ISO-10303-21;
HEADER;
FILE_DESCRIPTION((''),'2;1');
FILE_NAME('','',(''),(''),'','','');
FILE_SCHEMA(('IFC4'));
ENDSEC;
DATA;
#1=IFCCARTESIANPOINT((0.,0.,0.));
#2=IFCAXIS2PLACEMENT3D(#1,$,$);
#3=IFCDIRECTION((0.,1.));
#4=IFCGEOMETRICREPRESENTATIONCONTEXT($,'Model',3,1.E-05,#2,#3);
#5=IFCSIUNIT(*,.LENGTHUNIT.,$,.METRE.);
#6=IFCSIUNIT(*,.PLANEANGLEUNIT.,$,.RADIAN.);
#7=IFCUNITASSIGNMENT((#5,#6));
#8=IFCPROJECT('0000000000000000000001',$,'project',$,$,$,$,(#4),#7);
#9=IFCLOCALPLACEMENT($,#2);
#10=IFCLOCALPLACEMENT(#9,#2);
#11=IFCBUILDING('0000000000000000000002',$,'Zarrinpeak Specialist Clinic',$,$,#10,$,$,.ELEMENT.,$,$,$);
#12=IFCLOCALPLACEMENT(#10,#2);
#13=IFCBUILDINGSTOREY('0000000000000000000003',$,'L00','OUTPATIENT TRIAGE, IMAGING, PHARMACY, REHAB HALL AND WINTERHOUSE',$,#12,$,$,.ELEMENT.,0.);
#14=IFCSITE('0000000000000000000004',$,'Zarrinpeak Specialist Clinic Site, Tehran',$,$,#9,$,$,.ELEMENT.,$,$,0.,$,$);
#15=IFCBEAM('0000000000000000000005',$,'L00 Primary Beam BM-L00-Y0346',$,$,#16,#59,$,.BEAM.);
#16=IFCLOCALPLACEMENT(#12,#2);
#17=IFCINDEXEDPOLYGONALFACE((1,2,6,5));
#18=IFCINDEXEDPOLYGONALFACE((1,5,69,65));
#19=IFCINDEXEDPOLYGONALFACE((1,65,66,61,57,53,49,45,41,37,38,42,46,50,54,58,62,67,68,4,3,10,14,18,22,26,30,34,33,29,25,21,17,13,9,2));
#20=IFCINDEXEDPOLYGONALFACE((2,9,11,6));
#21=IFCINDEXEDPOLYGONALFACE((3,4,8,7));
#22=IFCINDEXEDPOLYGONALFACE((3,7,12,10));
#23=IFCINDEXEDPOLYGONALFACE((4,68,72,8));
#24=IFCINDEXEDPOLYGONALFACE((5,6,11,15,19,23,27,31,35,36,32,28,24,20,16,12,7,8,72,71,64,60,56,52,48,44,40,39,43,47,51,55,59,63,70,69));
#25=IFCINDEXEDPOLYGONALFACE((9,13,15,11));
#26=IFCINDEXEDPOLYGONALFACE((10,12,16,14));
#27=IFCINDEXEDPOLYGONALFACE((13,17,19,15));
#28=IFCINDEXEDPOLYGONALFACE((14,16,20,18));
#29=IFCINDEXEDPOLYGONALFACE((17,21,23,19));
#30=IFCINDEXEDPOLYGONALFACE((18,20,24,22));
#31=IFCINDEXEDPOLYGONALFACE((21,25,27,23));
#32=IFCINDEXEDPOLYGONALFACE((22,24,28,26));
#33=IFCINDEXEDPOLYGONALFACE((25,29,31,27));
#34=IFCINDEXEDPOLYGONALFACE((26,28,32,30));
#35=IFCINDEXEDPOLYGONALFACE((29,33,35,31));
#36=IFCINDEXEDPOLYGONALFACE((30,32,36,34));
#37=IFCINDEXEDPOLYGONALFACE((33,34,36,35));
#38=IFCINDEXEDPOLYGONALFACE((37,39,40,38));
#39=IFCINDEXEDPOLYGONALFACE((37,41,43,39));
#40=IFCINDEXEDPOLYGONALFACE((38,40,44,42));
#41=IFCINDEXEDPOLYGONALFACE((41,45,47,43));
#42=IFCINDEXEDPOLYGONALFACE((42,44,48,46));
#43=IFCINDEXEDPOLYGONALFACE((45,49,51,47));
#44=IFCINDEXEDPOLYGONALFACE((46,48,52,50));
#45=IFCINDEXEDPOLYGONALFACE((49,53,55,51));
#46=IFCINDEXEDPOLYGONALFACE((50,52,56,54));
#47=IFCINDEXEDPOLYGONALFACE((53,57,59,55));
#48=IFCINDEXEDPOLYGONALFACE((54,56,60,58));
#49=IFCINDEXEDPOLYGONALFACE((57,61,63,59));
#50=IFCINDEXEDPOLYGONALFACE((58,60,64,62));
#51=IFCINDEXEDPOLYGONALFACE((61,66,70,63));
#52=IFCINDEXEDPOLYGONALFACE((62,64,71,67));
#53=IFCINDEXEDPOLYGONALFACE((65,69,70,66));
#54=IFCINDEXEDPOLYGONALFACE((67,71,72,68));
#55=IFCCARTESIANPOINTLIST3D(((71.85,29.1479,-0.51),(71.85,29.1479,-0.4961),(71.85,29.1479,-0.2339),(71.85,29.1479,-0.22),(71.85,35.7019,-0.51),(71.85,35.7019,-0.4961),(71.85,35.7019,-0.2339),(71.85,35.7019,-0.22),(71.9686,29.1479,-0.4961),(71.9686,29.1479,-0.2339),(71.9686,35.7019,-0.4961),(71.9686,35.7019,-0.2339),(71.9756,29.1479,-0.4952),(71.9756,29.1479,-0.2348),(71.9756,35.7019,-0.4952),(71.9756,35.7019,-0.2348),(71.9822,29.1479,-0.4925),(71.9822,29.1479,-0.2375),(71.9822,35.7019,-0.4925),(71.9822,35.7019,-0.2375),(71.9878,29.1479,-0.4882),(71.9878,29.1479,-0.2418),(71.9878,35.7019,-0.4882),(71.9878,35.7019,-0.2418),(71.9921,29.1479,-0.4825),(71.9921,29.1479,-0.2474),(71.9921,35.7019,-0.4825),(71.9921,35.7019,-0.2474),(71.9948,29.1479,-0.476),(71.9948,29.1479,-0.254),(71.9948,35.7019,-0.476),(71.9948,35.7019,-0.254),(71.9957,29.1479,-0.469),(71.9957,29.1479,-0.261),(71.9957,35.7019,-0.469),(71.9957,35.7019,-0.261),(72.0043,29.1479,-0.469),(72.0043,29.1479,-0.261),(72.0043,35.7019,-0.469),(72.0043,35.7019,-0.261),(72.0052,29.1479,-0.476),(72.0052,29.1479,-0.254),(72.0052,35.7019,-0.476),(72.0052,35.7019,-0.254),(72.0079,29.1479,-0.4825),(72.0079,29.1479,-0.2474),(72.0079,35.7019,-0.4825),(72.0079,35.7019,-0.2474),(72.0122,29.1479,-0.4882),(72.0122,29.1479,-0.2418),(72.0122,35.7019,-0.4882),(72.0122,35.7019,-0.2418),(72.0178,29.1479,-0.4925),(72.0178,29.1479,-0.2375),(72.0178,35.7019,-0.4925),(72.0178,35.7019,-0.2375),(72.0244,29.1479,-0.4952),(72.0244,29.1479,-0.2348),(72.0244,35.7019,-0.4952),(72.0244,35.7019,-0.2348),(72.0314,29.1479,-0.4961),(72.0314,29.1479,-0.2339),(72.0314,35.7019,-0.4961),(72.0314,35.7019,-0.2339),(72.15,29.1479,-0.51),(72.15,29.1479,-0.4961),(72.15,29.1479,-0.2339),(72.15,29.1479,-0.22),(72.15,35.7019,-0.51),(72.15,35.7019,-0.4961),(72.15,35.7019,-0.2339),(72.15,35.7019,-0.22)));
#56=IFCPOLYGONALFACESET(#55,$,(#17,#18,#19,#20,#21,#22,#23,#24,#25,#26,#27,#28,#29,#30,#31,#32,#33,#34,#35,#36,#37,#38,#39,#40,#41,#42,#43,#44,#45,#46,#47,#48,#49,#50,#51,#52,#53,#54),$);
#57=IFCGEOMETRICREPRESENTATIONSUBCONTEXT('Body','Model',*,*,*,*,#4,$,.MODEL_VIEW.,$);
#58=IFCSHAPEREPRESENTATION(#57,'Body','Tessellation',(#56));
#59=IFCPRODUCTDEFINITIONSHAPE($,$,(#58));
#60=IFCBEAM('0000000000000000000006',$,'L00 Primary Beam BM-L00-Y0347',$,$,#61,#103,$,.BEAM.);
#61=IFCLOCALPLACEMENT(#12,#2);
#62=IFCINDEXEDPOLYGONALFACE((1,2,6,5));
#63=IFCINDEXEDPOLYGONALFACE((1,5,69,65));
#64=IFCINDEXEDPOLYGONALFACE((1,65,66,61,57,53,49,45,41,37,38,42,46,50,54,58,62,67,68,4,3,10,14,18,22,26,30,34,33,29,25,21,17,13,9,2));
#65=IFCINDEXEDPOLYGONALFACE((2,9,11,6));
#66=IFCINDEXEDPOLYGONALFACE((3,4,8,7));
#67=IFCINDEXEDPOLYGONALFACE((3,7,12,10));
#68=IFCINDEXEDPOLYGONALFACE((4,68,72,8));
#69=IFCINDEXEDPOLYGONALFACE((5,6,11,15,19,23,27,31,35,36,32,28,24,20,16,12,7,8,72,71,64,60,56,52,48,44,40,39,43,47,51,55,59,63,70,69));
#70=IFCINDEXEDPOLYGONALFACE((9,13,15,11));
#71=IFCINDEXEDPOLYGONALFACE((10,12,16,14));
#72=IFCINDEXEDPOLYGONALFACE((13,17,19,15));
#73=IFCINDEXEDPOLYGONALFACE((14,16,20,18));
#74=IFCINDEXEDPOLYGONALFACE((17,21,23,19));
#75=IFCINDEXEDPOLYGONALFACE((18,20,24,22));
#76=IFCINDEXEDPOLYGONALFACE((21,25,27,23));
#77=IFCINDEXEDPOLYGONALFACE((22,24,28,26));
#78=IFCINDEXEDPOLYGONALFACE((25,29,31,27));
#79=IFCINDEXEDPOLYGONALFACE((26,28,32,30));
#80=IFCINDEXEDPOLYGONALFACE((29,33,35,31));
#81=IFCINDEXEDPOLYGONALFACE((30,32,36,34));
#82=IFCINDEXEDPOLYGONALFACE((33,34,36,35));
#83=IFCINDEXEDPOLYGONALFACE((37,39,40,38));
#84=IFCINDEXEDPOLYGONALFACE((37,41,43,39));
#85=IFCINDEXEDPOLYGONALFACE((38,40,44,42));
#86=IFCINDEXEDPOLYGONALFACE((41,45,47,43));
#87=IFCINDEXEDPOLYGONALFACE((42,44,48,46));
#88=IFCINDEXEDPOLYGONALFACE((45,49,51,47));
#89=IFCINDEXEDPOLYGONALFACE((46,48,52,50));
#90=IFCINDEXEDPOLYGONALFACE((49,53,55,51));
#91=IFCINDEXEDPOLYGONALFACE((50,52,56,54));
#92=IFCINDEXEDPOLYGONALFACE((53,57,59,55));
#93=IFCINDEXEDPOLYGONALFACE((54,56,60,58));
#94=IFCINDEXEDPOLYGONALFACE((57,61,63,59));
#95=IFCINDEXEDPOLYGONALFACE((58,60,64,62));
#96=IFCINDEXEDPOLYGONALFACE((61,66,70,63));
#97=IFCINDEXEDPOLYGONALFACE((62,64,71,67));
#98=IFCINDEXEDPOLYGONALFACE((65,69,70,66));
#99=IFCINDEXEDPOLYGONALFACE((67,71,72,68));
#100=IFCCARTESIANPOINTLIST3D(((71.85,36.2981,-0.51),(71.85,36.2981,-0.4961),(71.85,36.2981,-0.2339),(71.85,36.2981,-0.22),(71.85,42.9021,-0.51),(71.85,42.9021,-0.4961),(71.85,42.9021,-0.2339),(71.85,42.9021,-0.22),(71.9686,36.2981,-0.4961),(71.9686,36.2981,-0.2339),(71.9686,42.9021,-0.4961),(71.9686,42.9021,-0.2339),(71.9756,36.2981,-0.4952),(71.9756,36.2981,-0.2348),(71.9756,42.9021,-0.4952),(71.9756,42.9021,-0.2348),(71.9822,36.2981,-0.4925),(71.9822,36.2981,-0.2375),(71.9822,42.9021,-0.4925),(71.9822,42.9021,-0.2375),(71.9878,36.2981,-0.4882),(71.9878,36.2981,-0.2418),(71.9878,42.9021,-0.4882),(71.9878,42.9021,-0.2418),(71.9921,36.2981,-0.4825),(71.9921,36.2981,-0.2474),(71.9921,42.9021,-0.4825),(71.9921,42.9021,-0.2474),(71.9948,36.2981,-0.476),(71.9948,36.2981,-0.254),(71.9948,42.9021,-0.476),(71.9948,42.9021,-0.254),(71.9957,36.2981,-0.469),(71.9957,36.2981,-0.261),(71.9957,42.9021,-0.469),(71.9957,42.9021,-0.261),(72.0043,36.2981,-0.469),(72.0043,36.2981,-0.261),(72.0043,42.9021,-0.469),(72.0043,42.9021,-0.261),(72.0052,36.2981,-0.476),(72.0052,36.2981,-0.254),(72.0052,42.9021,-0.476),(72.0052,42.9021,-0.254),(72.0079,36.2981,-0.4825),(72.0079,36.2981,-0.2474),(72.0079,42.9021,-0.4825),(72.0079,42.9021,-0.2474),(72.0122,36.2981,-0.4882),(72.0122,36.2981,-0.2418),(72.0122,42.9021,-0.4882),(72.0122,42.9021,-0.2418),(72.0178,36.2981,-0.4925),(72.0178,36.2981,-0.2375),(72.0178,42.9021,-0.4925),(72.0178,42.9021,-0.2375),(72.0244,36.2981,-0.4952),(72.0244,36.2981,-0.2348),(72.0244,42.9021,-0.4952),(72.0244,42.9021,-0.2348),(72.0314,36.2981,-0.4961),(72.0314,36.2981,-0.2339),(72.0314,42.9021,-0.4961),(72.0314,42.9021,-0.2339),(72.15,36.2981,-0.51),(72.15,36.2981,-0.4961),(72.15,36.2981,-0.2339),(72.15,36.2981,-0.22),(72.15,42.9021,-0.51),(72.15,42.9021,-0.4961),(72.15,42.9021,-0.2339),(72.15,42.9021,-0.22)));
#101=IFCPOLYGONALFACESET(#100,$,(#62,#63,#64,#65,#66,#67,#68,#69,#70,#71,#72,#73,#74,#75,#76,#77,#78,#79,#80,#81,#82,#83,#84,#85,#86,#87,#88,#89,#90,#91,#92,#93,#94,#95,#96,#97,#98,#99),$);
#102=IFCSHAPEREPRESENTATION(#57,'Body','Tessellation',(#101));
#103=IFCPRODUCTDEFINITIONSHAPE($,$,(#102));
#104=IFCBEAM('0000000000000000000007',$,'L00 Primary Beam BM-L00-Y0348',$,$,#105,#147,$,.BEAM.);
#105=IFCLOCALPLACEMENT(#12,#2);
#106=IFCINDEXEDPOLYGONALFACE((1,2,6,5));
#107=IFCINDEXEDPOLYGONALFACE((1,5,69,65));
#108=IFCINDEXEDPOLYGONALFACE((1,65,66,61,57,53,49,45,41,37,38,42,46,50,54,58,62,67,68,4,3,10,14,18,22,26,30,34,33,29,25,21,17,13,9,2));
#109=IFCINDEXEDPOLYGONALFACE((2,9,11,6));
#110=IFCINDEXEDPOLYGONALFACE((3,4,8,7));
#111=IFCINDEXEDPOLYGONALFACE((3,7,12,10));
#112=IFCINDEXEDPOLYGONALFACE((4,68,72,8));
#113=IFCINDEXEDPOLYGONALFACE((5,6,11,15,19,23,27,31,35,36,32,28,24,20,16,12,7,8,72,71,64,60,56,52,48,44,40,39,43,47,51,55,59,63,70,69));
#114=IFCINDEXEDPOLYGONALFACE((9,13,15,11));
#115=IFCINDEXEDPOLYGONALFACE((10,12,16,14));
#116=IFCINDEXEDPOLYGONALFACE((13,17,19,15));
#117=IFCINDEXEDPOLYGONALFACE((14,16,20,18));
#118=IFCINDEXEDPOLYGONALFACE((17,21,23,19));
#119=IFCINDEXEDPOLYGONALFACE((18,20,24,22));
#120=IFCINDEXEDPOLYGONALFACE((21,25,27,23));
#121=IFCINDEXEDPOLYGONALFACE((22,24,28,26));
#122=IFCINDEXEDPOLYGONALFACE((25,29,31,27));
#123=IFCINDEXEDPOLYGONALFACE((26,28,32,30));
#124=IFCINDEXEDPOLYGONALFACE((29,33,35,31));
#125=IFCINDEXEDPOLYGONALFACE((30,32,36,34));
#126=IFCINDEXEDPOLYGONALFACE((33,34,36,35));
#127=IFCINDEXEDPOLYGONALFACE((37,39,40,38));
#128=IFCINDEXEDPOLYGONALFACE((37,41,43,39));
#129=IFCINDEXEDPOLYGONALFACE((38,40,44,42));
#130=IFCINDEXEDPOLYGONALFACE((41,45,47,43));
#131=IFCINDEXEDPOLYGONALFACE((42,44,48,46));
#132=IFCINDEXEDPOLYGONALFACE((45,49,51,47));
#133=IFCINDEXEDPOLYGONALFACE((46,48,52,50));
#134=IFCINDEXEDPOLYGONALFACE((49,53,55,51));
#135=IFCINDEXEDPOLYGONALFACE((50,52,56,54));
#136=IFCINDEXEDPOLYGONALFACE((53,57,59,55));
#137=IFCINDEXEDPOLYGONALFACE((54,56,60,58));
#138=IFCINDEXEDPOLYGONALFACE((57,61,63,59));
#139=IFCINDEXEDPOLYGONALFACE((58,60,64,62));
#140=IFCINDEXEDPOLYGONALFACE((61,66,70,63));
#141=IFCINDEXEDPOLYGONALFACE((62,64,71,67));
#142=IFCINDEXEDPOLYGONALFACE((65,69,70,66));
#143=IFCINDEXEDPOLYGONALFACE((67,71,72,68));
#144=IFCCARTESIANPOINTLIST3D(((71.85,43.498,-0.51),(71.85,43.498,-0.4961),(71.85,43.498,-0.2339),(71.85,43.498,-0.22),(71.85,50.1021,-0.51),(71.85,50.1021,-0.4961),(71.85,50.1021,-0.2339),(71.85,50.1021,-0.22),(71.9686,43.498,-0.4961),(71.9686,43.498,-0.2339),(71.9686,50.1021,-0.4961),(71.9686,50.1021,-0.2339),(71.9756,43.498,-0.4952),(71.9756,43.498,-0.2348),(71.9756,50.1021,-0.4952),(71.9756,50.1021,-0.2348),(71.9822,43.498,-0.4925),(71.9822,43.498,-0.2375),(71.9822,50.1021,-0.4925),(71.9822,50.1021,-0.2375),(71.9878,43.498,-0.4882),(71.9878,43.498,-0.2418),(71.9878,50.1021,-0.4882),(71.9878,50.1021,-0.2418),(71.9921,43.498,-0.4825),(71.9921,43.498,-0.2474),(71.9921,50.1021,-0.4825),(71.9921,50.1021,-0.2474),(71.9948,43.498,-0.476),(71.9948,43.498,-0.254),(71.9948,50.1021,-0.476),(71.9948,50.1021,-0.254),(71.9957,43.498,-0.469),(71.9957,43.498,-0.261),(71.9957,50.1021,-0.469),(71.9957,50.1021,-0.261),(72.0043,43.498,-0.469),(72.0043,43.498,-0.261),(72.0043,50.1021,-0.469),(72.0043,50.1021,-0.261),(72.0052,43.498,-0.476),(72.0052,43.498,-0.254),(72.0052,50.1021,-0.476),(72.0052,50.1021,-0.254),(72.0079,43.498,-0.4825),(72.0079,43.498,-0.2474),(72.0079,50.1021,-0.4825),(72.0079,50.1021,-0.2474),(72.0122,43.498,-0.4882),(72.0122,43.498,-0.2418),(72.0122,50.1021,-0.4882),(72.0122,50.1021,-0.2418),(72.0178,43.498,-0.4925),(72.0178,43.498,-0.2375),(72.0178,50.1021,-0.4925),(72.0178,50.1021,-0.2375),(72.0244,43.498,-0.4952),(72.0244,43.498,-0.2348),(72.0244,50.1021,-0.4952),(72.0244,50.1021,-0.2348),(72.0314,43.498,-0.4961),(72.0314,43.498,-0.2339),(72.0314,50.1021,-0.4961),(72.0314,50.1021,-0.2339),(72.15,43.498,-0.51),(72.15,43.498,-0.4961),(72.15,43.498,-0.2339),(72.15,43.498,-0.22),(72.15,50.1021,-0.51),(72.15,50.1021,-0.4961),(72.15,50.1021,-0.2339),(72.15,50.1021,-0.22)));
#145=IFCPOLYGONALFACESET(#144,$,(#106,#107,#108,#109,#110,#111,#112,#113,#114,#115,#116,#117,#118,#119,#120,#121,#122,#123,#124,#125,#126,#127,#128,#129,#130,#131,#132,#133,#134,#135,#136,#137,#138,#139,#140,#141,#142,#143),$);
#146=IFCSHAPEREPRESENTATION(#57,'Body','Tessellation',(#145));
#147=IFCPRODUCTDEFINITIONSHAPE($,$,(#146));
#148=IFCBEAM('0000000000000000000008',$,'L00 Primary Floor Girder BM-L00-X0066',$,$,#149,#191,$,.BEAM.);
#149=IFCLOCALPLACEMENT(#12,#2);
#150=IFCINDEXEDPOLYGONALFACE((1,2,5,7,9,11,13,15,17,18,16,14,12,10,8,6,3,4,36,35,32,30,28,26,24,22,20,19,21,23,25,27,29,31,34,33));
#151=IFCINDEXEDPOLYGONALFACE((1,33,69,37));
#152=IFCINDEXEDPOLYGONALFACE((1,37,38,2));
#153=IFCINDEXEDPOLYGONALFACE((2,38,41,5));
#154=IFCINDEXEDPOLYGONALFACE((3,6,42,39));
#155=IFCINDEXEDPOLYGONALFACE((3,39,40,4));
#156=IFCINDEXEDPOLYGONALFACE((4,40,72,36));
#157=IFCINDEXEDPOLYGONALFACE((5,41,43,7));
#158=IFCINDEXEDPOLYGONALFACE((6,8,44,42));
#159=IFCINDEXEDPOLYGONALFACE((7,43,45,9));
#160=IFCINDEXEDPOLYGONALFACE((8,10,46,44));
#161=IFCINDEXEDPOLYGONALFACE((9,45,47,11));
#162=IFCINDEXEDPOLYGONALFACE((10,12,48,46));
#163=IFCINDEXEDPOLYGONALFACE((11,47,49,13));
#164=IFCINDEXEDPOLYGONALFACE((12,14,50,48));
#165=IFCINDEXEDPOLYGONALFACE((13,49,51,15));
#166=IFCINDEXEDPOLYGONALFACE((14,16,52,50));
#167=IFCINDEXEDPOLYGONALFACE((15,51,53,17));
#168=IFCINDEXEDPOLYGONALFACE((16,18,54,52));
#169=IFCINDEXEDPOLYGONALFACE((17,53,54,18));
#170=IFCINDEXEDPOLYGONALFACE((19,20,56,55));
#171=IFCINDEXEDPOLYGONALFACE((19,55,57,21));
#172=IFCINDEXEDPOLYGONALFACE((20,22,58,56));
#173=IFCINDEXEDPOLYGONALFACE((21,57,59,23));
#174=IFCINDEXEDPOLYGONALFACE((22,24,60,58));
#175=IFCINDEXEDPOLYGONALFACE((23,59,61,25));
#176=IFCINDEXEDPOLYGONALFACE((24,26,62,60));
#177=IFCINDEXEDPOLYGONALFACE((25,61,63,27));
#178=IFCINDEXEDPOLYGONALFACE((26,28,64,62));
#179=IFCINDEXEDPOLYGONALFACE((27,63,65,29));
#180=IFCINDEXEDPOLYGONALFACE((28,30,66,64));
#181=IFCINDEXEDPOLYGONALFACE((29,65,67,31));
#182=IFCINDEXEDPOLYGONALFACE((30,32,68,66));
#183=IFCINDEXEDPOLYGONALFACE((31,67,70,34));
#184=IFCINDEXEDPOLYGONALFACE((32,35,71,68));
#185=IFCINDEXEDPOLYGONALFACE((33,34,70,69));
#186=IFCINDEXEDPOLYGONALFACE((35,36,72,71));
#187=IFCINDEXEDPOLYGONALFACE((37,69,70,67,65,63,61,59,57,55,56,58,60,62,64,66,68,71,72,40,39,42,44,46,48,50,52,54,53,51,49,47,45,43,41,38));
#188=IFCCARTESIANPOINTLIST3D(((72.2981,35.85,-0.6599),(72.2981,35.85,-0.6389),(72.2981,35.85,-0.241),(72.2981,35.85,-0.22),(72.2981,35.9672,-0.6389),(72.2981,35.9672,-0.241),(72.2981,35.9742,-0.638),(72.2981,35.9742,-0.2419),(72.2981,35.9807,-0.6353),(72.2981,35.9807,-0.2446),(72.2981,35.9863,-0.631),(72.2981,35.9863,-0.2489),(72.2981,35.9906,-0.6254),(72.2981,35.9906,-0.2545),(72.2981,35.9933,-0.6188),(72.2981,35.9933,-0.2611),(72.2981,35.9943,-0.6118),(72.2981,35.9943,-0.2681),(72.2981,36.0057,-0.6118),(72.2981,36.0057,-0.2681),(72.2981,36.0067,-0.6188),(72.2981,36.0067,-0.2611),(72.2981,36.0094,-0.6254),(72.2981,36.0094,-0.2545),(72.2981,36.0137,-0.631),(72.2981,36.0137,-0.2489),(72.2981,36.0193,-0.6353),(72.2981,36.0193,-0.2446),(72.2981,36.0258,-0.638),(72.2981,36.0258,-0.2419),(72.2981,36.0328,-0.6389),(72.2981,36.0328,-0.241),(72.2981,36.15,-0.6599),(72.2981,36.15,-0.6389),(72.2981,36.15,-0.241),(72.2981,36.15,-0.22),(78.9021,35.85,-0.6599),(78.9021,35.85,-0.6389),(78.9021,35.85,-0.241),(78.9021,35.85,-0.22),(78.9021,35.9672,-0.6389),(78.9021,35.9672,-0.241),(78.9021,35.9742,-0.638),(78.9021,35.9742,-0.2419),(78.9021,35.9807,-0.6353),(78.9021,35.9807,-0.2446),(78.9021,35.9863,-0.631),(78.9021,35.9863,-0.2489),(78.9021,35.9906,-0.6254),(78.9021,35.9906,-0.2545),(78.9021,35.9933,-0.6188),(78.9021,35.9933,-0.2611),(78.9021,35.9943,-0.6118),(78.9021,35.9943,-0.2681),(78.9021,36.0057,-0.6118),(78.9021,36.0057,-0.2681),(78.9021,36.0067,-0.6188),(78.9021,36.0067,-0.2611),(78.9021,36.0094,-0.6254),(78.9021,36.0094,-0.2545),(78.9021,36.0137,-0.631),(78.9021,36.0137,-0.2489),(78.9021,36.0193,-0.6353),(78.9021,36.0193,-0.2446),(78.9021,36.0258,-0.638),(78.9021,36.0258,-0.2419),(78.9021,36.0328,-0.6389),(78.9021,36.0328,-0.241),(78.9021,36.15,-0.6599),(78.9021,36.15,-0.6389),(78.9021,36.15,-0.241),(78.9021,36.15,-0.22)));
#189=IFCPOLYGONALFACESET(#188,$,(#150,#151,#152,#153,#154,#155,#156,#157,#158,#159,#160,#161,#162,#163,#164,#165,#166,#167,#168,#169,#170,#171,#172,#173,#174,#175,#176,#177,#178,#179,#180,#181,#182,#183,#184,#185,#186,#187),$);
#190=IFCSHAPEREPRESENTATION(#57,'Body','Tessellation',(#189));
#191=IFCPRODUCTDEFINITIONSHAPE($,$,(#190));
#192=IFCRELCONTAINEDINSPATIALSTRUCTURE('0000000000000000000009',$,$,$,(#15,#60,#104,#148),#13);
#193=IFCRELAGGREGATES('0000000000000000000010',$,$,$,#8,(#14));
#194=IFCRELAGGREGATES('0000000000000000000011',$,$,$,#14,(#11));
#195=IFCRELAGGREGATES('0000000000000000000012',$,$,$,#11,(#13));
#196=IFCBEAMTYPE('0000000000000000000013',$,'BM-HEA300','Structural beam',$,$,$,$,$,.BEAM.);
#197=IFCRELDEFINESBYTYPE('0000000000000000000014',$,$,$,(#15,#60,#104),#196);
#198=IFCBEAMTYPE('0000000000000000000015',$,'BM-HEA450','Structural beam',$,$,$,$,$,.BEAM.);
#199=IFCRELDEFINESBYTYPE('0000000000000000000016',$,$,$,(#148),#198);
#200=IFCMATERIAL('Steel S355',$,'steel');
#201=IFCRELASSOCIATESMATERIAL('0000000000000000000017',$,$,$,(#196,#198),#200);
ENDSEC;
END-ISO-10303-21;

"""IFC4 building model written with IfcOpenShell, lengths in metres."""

from ifc_helpers import new_model, si_unit, direction, frame, origin, origin_2d, place, context, subcontext, project, spatial, i_section, extrude, material, material_profile, profile_set, type_object, element, save


model = new_model("IFC4")

# Units and contexts
model_context = context("Model", 3, precision=1e-05, world=origin(), true_north=direction((0.0, 1.0)))
body_context = subcontext(model_context, "Body", "Model", "MODEL_VIEW")
ifc_project = project(units=[si_unit("LENGTHUNIT", "METRE"), si_unit("PLANEANGLEUNIT", "RADIAN")], contexts=[model_context])

# Site, building, storey
site_placement = place(None, origin())
site = spatial("IfcSite", under=ifc_project, at=site_placement, Name="Zarrinpeak Specialist Clinic Site, Tehran", CompositionType="ELEMENT", RefElevation=0.0)
building_placement = place(site_placement, origin())
building = spatial("IfcBuilding", under=site, at=building_placement, Name="Zarrinpeak Specialist Clinic", CompositionType="ELEMENT")
storey_placement = place(building_placement, origin())
storey = spatial("IfcBuildingStorey", under=building, at=storey_placement, Name="L00", Description="OUTPATIENT TRIAGE, IMAGING, PHARMACY, REHAB HALL AND WINTERHOUSE", CompositionType="ELEMENT", Elevation=0.0)

# Beams
ifc_material_1 = material(Name="Steel S355", Category="steel")
ifc_material_profile_1 = material_profile(ifc_material_1, i_section(OverallWidth=0.3, OverallDepth=0.29, WebThickness=0.0085, FlangeThickness=0.0139, FilletRadius=0.0271, at=origin_2d()), Name="HEA 300")
ifc_profile_set_1 = profile_set([ifc_material_profile_1], Name="Steel S355")
beam_type_1 = type_object("IfcBeamType", Name="BM-HEA300", Description="Structural beam", PredefinedType="BEAM", material=ifc_profile_set_1)
beam_placement = place(storey_placement, frame((72.0, 29.1479, -0.365), z_axis=(0.0, 1.0, 0.0), x_axis=(-1.0, 0.0, 0.0)))
element("IfcBeam", 1, at=beam_placement, inside=storey, type_object=beam_type_1, Name="L00 Primary Beam BM-L00-Y0346", PredefinedType="BEAM", context=body_context, shape_type="SweptSolid", body=[
    extrude(i_section(OverallWidth=0.3, OverallDepth=0.29, WebThickness=0.0085, FlangeThickness=0.0139, FilletRadius=0.0271, at=origin_2d()), origin(), (0.0, 0.0, 1.0), 6.554),
])
for number, where, z_axis, x_axis, name in (
    (2, (72.0, 36.2981, -0.365), (0.0, 1.0, 0.0), (-1.0, 0.0, 0.0), "L00 Primary Beam BM-L00-Y0347"),
    (3, (72.0, 43.498, -0.365), (0.0, 1.0, 0.0), (-1.0, 0.0, 0.0), "L00 Primary Beam BM-L00-Y0348"),
):
    element("IfcBeam", number, at=place(storey_placement, frame(where, z_axis=z_axis, x_axis=x_axis)), inside=storey, type_object=beam_type_1, Name=name, PredefinedType="BEAM", context=body_context, shape_type="SweptSolid", body=[
        extrude(i_section(OverallWidth=0.3, OverallDepth=0.29, WebThickness=0.0085, FlangeThickness=0.0139, FilletRadius=0.0271, at=origin_2d()), origin(), (0.0, 0.0, 1.0), 6.604),
    ])
ifc_material_profile_2 = material_profile(ifc_material_1, i_section(OverallWidth=0.3, OverallDepth=0.4399, WebThickness=0.0115, FlangeThickness=0.021, FilletRadius=0.0271, at=origin_2d()), Name="HEA 450")
ifc_profile_set_2 = profile_set([ifc_material_profile_2], Name="Steel S355")
beam_type_2 = type_object("IfcBeamType", Name="BM-HEA450", Description="Structural beam", PredefinedType="BEAM", material=ifc_profile_set_2)
for number, where, z_axis, x_axis, name in (
    (4, (72.2981, 36.0, -0.4399), (1.0, 0.0, 0.0), (0.0, 1.0, 0.0), "L00 Primary Floor Girder BM-L00-X0066"),
):
    element("IfcBeam", number, at=place(storey_placement, frame(where, z_axis=z_axis, x_axis=x_axis)), inside=storey, type_object=beam_type_2, Name=name, PredefinedType="BEAM", context=body_context, shape_type="SweptSolid", body=[
        extrude(i_section(OverallWidth=0.3, OverallDepth=0.4399, WebThickness=0.0115, FlangeThickness=0.021, FilletRadius=0.0271, at=origin_2d()), origin(), (0.0, 0.0, 1.0), 6.604),
    ])

save(model, "model.ifc")
